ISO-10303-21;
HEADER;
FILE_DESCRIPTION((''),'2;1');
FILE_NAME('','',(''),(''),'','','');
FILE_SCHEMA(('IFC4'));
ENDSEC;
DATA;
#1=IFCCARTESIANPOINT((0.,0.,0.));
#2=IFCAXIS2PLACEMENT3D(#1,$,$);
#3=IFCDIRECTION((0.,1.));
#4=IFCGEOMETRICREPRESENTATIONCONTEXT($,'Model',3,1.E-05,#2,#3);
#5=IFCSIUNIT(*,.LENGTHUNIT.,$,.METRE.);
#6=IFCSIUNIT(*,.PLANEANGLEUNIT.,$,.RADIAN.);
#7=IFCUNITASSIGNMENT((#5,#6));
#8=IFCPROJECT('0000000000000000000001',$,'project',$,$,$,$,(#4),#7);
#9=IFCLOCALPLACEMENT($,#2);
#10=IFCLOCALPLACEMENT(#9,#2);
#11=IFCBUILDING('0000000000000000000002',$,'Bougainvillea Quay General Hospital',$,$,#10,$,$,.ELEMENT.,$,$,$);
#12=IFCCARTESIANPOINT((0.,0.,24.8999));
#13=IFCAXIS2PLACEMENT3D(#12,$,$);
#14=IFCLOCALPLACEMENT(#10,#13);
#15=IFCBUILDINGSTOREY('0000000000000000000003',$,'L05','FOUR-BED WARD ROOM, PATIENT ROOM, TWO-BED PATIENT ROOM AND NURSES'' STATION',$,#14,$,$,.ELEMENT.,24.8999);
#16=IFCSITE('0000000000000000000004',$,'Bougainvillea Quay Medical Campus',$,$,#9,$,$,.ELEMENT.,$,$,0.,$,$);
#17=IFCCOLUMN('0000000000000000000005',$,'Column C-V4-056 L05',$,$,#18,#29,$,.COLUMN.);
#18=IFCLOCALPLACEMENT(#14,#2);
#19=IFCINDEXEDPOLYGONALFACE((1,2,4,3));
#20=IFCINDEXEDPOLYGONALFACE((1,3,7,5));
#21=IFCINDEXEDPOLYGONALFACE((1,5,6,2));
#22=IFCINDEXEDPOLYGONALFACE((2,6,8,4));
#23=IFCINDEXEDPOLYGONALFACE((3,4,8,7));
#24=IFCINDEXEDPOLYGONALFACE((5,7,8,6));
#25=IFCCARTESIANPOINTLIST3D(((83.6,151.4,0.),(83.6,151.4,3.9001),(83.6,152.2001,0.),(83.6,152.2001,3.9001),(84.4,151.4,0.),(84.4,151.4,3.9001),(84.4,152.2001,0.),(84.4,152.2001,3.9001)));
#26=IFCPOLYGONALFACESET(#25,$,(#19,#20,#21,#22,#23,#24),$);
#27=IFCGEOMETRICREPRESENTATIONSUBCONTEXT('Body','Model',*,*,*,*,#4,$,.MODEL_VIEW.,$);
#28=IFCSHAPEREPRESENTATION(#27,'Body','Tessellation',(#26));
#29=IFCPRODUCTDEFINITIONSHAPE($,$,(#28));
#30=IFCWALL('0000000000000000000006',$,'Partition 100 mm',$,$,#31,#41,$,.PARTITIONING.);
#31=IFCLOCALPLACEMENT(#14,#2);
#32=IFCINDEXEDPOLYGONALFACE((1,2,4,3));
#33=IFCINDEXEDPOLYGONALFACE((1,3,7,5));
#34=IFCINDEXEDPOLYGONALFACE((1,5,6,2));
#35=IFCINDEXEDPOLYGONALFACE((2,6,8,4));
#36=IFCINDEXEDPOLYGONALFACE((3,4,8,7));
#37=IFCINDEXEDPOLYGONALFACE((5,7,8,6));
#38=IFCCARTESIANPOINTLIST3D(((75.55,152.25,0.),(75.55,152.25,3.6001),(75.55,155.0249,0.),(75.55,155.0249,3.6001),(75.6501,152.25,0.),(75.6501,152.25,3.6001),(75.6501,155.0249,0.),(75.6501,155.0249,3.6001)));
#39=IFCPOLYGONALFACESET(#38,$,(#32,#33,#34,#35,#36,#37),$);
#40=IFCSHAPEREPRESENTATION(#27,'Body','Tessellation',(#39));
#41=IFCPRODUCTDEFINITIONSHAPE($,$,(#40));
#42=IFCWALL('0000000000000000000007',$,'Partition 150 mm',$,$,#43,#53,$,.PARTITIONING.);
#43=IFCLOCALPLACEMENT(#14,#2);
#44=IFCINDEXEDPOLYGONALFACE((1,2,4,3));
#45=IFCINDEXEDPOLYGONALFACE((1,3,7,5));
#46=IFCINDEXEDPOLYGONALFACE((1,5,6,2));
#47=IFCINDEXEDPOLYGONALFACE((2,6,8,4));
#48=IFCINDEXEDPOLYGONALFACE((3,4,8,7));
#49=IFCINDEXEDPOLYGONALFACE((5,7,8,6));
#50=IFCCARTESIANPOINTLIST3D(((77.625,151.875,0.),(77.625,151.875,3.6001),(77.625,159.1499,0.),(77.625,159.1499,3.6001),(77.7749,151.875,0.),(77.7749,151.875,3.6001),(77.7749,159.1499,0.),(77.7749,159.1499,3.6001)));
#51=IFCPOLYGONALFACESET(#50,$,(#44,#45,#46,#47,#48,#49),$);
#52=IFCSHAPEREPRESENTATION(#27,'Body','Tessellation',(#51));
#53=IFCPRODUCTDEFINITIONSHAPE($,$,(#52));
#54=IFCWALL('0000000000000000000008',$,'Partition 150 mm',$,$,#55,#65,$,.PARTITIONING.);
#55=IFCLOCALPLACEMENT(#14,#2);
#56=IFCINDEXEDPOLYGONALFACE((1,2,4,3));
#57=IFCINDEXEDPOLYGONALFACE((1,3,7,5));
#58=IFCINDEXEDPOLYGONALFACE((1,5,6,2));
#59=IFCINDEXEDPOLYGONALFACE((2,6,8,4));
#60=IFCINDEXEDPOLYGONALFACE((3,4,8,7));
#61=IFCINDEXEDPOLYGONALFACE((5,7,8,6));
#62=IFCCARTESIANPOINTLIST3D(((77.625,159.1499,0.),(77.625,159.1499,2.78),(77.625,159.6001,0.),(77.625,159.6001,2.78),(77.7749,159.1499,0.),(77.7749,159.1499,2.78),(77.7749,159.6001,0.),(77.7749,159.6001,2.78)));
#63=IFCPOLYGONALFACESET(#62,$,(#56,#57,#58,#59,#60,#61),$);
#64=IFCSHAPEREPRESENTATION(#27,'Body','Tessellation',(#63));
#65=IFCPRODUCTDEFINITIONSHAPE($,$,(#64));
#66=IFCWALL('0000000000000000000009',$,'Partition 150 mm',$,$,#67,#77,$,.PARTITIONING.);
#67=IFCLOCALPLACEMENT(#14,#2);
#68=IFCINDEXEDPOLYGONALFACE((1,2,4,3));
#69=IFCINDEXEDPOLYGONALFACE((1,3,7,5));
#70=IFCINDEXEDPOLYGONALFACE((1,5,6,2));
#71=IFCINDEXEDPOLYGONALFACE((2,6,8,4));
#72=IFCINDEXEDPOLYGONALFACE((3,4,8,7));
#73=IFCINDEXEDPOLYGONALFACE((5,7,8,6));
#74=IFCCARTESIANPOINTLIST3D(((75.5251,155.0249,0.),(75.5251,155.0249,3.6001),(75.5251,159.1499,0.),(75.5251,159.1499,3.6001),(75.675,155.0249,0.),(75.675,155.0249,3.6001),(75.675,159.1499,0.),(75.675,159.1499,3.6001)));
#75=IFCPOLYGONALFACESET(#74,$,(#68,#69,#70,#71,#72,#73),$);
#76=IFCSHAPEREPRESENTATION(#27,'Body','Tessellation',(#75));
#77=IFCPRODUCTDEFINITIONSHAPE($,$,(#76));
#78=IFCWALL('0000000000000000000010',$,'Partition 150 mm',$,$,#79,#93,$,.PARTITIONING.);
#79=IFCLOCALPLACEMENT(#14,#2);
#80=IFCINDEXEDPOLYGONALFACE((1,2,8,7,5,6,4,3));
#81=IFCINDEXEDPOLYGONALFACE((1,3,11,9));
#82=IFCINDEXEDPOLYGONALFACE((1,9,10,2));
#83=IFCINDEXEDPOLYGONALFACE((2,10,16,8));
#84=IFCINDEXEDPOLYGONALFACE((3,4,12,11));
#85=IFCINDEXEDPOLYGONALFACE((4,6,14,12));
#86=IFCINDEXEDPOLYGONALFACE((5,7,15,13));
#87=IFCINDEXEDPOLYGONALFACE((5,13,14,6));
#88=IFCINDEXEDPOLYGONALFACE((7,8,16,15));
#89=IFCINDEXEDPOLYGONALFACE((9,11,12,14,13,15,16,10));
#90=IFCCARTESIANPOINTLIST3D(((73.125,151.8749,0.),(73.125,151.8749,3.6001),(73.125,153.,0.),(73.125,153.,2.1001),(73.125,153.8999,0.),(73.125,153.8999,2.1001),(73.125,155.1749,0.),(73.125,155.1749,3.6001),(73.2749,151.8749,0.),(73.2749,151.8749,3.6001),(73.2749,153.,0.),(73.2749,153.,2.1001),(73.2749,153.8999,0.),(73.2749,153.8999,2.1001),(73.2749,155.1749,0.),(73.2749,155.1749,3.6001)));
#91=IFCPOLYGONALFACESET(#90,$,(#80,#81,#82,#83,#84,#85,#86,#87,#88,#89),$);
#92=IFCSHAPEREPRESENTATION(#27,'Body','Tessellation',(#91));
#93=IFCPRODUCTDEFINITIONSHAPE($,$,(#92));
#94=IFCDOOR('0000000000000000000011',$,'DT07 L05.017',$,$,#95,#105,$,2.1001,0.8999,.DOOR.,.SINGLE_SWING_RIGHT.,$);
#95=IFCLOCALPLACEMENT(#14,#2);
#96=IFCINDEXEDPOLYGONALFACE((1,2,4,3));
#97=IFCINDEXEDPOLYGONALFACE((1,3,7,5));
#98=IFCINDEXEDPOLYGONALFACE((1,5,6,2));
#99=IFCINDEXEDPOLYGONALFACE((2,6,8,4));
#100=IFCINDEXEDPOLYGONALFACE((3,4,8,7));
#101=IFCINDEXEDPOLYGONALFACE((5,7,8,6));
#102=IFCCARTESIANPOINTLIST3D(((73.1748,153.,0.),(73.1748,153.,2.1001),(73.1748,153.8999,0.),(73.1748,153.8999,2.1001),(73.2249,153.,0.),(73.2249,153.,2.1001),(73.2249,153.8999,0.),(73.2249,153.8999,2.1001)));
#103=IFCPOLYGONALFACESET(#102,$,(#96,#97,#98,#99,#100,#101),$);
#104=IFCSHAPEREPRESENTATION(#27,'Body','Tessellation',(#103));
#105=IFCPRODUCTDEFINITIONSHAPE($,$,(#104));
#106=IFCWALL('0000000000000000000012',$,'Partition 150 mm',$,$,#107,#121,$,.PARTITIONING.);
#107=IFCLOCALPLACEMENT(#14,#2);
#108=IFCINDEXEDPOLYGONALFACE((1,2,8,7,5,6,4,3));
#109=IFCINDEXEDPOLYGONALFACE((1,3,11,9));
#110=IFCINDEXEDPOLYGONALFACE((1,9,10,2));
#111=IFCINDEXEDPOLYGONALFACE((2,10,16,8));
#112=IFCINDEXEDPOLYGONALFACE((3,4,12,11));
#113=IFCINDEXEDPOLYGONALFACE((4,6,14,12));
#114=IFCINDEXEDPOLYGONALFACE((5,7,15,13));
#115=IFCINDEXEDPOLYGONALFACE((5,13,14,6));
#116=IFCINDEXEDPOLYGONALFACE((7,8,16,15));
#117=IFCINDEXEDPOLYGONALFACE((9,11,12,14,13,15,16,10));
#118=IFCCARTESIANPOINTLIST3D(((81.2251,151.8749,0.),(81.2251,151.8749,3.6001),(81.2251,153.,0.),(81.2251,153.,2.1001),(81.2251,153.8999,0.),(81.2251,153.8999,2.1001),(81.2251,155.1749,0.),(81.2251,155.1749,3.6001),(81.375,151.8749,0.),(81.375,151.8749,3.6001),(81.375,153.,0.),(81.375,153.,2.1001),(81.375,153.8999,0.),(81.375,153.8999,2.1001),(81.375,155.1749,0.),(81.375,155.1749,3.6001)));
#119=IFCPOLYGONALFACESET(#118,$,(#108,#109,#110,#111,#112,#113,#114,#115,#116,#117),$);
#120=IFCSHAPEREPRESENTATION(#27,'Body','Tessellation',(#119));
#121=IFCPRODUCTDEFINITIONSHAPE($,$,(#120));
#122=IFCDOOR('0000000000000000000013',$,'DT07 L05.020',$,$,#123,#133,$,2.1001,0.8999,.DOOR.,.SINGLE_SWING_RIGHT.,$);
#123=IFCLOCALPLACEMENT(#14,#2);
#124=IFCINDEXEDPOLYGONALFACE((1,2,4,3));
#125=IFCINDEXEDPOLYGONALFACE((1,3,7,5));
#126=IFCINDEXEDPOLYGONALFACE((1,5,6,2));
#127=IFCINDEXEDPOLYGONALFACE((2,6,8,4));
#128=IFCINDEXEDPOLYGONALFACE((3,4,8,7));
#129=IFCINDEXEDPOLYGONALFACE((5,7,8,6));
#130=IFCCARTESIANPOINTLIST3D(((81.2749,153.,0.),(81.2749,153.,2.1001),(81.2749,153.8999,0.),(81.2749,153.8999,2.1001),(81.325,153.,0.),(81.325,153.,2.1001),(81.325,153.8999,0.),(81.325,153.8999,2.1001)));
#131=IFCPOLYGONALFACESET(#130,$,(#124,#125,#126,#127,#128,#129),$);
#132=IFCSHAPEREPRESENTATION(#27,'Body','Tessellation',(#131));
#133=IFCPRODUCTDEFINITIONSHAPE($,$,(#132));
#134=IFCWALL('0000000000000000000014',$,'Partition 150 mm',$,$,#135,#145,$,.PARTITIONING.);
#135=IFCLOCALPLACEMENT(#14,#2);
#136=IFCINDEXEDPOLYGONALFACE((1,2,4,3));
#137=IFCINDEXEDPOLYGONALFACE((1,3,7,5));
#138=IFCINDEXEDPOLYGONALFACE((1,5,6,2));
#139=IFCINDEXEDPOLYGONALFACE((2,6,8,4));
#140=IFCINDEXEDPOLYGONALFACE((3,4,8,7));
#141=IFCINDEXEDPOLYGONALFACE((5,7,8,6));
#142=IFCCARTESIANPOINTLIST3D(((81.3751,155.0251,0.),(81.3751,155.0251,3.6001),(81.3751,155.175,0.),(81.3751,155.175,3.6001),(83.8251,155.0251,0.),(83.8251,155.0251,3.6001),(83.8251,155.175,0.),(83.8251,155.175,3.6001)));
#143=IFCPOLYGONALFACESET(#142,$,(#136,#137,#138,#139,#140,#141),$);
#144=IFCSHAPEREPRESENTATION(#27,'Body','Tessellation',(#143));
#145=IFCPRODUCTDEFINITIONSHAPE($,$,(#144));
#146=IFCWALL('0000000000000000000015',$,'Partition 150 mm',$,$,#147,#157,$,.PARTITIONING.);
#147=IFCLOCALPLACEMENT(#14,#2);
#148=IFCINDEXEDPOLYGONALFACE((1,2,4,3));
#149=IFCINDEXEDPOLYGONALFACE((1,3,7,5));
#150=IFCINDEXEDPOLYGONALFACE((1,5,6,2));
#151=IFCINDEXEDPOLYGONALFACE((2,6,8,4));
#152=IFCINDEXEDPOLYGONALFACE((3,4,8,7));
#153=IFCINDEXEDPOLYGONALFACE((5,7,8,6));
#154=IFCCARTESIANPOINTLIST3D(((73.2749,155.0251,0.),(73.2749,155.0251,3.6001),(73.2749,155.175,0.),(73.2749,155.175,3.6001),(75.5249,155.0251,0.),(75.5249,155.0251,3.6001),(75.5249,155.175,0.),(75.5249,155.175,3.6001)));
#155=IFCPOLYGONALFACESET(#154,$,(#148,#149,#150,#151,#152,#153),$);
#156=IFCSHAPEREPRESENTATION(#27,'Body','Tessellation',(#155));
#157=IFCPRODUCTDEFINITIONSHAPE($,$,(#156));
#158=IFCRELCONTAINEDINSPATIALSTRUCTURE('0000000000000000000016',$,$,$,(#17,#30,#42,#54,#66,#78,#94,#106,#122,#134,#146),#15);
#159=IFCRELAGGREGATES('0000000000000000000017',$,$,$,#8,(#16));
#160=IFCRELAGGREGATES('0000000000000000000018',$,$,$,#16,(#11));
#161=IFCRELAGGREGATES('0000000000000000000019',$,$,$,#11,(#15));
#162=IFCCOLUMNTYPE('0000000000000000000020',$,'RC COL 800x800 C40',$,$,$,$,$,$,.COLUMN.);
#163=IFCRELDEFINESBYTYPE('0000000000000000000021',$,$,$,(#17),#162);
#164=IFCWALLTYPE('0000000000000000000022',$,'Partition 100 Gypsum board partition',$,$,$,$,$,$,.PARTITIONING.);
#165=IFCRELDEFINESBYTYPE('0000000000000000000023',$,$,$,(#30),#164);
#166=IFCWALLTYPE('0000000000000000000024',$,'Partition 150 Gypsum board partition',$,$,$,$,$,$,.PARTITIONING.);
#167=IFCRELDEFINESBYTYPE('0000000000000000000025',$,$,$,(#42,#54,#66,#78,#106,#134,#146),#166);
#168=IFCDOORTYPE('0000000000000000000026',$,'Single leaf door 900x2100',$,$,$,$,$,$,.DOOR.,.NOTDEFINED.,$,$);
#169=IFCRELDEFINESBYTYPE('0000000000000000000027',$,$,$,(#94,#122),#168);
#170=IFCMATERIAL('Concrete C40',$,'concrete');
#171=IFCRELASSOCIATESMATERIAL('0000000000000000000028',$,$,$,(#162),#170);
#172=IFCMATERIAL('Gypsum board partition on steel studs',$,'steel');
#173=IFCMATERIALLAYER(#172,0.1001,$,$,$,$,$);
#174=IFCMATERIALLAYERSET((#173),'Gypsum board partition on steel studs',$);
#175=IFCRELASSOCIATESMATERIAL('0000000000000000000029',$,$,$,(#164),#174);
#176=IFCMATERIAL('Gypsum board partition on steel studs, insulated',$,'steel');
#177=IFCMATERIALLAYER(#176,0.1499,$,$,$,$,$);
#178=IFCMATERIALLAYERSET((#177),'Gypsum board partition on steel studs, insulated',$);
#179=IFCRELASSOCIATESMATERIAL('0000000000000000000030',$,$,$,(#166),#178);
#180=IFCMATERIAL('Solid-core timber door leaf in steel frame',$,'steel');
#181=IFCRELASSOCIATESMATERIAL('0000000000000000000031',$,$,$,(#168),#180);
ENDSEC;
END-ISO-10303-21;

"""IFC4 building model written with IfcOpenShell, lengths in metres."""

from ifc_helpers import new_model, si_unit, direction, frame, frame_2d, origin, origin_2d, place, context, subcontext, project, spatial, rectangle, extrude, material, layer, layer_set, material_profile, profile_set, type_object, element, fill, save


model = new_model("IFC4")

# Units and contexts
model_context = context("Model", 3, precision=1e-05, world=origin(), true_north=direction((0.0, 1.0)))
body_context = subcontext(model_context, "Body", "Model", "MODEL_VIEW")
ifc_project = project(units=[si_unit("LENGTHUNIT", "METRE"), si_unit("PLANEANGLEUNIT", "RADIAN")], contexts=[model_context])

# Site, building, storey
site_placement = place(None, origin())
site = spatial("IfcSite", under=ifc_project, at=site_placement, Name="Bougainvillea Quay Medical Campus", CompositionType="ELEMENT", RefElevation=0.0)
building_placement = place(site_placement, origin())
building = spatial("IfcBuilding", under=site, at=building_placement, Name="Bougainvillea Quay General Hospital", CompositionType="ELEMENT")
storey_placement = place(building_placement, frame((0.0, 0.0, 24.8999)))
storey = spatial("IfcBuildingStorey", under=building, at=storey_placement, Name="L05", Description="FOUR-BED WARD ROOM, PATIENT ROOM, TWO-BED PATIENT ROOM AND NURSES' STATION", CompositionType="ELEMENT", Elevation=24.8999)

# Column
ifc_material_1 = material(Name="Concrete C40", Category="concrete")
ifc_material_profile = material_profile(ifc_material_1, rectangle(XDim=0.8, YDim=0.8, at=origin_2d()))
ifc_profile_set = profile_set([ifc_material_profile], Name="Concrete C40")
column_type = type_object("IfcColumnType", Name="RC COL 800x800 C40", PredefinedType="COLUMN", material=ifc_profile_set)
column_placement = place(storey_placement, frame((84.0, 151.8, 0.0), z_axis=(0.0, 0.0, 1.0), x_axis=(1.0, 0.0, 0.0)))
element("IfcColumn", 1, at=column_placement, inside=storey, type_object=column_type, Name="Column C-V4-056 L05", PredefinedType="COLUMN", context=body_context, shape_type="SweptSolid", body=[
    extrude(rectangle(XDim=0.8, YDim=0.8, at=origin_2d()), origin(), (0.0, 0.0, 1.0), 3.9001),
])

# Walls
ifc_material_2 = material(Name="Gypsum board partition on steel studs", Category="steel")
ifc_layer_1 = layer(ifc_material_2, 0.1001)
ifc_layer_set_1 = layer_set([ifc_layer_1], Name="Gypsum board partition on steel studs")
wall_type_1 = type_object("IfcWallType", Name="Partition 100 Gypsum board partition", PredefinedType="PARTITIONING", material=ifc_layer_set_1)
wall_1_placement = place(storey_placement, frame((75.6001, 152.25, 0.0), z_axis=(0.0, 0.0, 1.0), x_axis=(0.0, 1.0, 0.0)))
element("IfcWall", 2, at=wall_1_placement, inside=storey, type_object=wall_type_1, Name="Partition 100 mm", PredefinedType="PARTITIONING", context=body_context, shape_type="SweptSolid", body=[
    extrude(rectangle(XDim=2.7749, YDim=0.1001, at=frame_2d((1.3875, 0.0))), origin(), (0.0, 0.0, 1.0), 3.6001),
])
ifc_material_3 = material(Name="Gypsum board partition on steel studs, insulated", Category="steel")
ifc_layer_2 = layer(ifc_material_3, 0.1499)
ifc_layer_set_2 = layer_set([ifc_layer_2], Name="Gypsum board partition on steel studs, insulated")
wall_type_2 = type_object("IfcWallType", Name="Partition 150 Gypsum board partition", PredefinedType="PARTITIONING", material=ifc_layer_set_2)
wall_2_placement = place(storey_placement, frame((77.7, 151.875, 0.0), z_axis=(0.0, 0.0, 1.0), x_axis=(0.0, 1.0, 0.0)))
element("IfcWall", 3, at=wall_2_placement, inside=storey, type_object=wall_type_2, Name="Partition 150 mm", PredefinedType="PARTITIONING", context=body_context, shape_type="SweptSolid", body=[
    extrude(rectangle(XDim=7.2749, YDim=0.1499, at=frame_2d((3.6375, 0.0))), origin(), (0.0, 0.0, 1.0), 3.6001),
])
wall_3_placement = place(storey_placement, frame((77.7, 159.1499, 0.0), z_axis=(0.0, 0.0, 1.0), x_axis=(0.0, 1.0, 0.0)))
element("IfcWall", 4, at=wall_3_placement, inside=storey, type_object=wall_type_2, Name="Partition 150 mm", PredefinedType="PARTITIONING", context=body_context, shape_type="SweptSolid", body=[
    extrude(rectangle(XDim=0.4502, YDim=0.1499, at=frame_2d((0.2251, 0.0))), origin(), (0.0, 0.0, 1.0), 2.78),
])
wall_4_placement = place(storey_placement, frame((75.6001, 155.0249, 0.0), z_axis=(0.0, 0.0, 1.0), x_axis=(0.0, 1.0, 0.0)))
element("IfcWall", 5, at=wall_4_placement, inside=storey, type_object=wall_type_2, Name="Partition 150 mm", PredefinedType="PARTITIONING", context=body_context, shape_type="SweptSolid", body=[
    extrude(rectangle(XDim=4.125, YDim=0.1499, at=frame_2d((2.0625, 0.0))), origin(), (0.0, 0.0, 1.0), 3.6001),
])

# Walls, openings, doors
wall_5_placement = place(storey_placement, frame((73.2, 151.875, 0.0), z_axis=(0.0, 0.0, 1.0), x_axis=(0.0, 1.0, 0.0)))
wall_5 = element("IfcWall", 6, at=wall_5_placement, inside=storey, type_object=wall_type_2, Name="Partition 150 mm", PredefinedType="PARTITIONING", context=body_context, shape_type="SweptSolid", body=[
    extrude(rectangle(XDim=3.3, YDim=0.1499, at=frame_2d((1.6499, 0.0))), origin(), (0.0, 0.0, 1.0), 3.6001),
])
opening_1_placement = place(wall_5_placement, frame((1.125, 0.0, 0.0)))
opening_1 = element("IfcOpeningElement", 7, at=opening_1_placement, cuts=wall_5, PredefinedType="OPENING", context=body_context, shape_type="SweptSolid", body=[
    extrude(rectangle(XDim=0.8999, YDim=2.1001, at=frame_2d((0.45, 1.05))), frame((0.0, 0.085, 0.0), z_axis=(0.0, -1.0, 0.0), x_axis=(1.0, 0.0, 0.0)), (0.0, 0.0, 1.0), 0.1699),
])
ifc_material_4 = material(Name="Solid-core timber door leaf in steel frame", Category="steel")
door_type_1 = type_object("IfcDoorType", Name="Single leaf door 900x2100", OperationType="NOTDEFINED", PredefinedType="DOOR", material=ifc_material_4)
door_1_placement = place(opening_1_placement, frame((0.8999, 0.0, 0.0), z_axis=(0.0, 0.0, 1.0), x_axis=(-1.0, 0.0, 0.0)))
door_1 = element("IfcDoor", 8, at=door_1_placement, inside=storey, type_object=door_type_1, Name="DT07 L05.017", OperationType="SINGLE_SWING_RIGHT", OverallHeight=2.1001, OverallWidth=0.8999, PredefinedType="DOOR", context=body_context, shape_type="SweptSolid", body=[
    extrude(rectangle(XDim=0.8999, YDim=2.1001, at=frame_2d((0.45, 1.05))), frame((0.0, 0.0249, 0.0), z_axis=(0.0, -1.0, 0.0), x_axis=(1.0, 0.0, 0.0)), (0.0, 0.0, 1.0), 0.05),
])
fill(opening_1, door_1)
wall_6_placement = place(storey_placement, frame((81.3, 151.875, 0.0), z_axis=(0.0, 0.0, 1.0), x_axis=(0.0, 1.0, 0.0)))
wall_6 = element("IfcWall", 9, at=wall_6_placement, inside=storey, type_object=wall_type_2, Name="Partition 150 mm", PredefinedType="PARTITIONING", context=body_context, shape_type="SweptSolid", body=[
    extrude(rectangle(XDim=3.3, YDim=0.1499, at=frame_2d((1.6499, 0.0))), origin(), (0.0, 0.0, 1.0), 3.6001),
])
opening_2_placement = place(wall_6_placement, frame((1.125, 0.0, 0.0)))
opening_2 = element("IfcOpeningElement", 10, at=opening_2_placement, cuts=wall_6, PredefinedType="OPENING", context=body_context, shape_type="SweptSolid", body=[
    extrude(rectangle(XDim=0.8999, YDim=2.1001, at=frame_2d((0.45, 1.05))), frame((0.0, 0.085, 0.0), z_axis=(0.0, -1.0, 0.0), x_axis=(1.0, 0.0, 0.0)), (0.0, 0.0, 1.0), 0.1699),
])
door_2_placement = place(opening_2_placement, frame((0.8999, 0.0, 0.0), z_axis=(0.0, 0.0, 1.0), x_axis=(-1.0, 0.0, 0.0)))
door_2 = element("IfcDoor", 11, at=door_2_placement, inside=storey, type_object=door_type_1, Name="DT07 L05.020", OperationType="SINGLE_SWING_RIGHT", OverallHeight=2.1001, OverallWidth=0.8999, PredefinedType="DOOR", context=body_context, shape_type="SweptSolid", body=[
    extrude(rectangle(XDim=0.8999, YDim=2.1001, at=frame_2d((0.45, 1.05))), frame((0.0, 0.0249, 0.0), z_axis=(0.0, -1.0, 0.0), x_axis=(1.0, 0.0, 0.0)), (0.0, 0.0, 1.0), 0.05),
])
fill(opening_2, door_2)

# Walls
wall_7_placement = place(storey_placement, frame((81.375, 155.1001, 0.0), z_axis=(0.0, 0.0, 1.0), x_axis=(1.0, 0.0, 0.0)))
element("IfcWall", 12, at=wall_7_placement, inside=storey, type_object=wall_type_2, Name="Partition 150 mm", PredefinedType="PARTITIONING", context=body_context, shape_type="SweptSolid", body=[
    extrude(rectangle(XDim=2.45, YDim=0.1499, at=frame_2d((1.2251, 0.0))), origin(), (0.0, 0.0, 1.0), 3.6001),
])
wall_8_placement = place(storey_placement, frame((73.2749, 155.1001, 0.0), z_axis=(0.0, 0.0, 1.0), x_axis=(1.0, 0.0, 0.0)))
element("IfcWall", 13, at=wall_8_placement, inside=storey, type_object=wall_type_2, Name="Partition 150 mm", PredefinedType="PARTITIONING", context=body_context, shape_type="SweptSolid", body=[
    extrude(rectangle(XDim=2.25, YDim=0.1499, at=frame_2d((1.125, 0.0))), origin(), (0.0, 0.0, 1.0), 3.6001),
])

save(model, "model.ifc")
